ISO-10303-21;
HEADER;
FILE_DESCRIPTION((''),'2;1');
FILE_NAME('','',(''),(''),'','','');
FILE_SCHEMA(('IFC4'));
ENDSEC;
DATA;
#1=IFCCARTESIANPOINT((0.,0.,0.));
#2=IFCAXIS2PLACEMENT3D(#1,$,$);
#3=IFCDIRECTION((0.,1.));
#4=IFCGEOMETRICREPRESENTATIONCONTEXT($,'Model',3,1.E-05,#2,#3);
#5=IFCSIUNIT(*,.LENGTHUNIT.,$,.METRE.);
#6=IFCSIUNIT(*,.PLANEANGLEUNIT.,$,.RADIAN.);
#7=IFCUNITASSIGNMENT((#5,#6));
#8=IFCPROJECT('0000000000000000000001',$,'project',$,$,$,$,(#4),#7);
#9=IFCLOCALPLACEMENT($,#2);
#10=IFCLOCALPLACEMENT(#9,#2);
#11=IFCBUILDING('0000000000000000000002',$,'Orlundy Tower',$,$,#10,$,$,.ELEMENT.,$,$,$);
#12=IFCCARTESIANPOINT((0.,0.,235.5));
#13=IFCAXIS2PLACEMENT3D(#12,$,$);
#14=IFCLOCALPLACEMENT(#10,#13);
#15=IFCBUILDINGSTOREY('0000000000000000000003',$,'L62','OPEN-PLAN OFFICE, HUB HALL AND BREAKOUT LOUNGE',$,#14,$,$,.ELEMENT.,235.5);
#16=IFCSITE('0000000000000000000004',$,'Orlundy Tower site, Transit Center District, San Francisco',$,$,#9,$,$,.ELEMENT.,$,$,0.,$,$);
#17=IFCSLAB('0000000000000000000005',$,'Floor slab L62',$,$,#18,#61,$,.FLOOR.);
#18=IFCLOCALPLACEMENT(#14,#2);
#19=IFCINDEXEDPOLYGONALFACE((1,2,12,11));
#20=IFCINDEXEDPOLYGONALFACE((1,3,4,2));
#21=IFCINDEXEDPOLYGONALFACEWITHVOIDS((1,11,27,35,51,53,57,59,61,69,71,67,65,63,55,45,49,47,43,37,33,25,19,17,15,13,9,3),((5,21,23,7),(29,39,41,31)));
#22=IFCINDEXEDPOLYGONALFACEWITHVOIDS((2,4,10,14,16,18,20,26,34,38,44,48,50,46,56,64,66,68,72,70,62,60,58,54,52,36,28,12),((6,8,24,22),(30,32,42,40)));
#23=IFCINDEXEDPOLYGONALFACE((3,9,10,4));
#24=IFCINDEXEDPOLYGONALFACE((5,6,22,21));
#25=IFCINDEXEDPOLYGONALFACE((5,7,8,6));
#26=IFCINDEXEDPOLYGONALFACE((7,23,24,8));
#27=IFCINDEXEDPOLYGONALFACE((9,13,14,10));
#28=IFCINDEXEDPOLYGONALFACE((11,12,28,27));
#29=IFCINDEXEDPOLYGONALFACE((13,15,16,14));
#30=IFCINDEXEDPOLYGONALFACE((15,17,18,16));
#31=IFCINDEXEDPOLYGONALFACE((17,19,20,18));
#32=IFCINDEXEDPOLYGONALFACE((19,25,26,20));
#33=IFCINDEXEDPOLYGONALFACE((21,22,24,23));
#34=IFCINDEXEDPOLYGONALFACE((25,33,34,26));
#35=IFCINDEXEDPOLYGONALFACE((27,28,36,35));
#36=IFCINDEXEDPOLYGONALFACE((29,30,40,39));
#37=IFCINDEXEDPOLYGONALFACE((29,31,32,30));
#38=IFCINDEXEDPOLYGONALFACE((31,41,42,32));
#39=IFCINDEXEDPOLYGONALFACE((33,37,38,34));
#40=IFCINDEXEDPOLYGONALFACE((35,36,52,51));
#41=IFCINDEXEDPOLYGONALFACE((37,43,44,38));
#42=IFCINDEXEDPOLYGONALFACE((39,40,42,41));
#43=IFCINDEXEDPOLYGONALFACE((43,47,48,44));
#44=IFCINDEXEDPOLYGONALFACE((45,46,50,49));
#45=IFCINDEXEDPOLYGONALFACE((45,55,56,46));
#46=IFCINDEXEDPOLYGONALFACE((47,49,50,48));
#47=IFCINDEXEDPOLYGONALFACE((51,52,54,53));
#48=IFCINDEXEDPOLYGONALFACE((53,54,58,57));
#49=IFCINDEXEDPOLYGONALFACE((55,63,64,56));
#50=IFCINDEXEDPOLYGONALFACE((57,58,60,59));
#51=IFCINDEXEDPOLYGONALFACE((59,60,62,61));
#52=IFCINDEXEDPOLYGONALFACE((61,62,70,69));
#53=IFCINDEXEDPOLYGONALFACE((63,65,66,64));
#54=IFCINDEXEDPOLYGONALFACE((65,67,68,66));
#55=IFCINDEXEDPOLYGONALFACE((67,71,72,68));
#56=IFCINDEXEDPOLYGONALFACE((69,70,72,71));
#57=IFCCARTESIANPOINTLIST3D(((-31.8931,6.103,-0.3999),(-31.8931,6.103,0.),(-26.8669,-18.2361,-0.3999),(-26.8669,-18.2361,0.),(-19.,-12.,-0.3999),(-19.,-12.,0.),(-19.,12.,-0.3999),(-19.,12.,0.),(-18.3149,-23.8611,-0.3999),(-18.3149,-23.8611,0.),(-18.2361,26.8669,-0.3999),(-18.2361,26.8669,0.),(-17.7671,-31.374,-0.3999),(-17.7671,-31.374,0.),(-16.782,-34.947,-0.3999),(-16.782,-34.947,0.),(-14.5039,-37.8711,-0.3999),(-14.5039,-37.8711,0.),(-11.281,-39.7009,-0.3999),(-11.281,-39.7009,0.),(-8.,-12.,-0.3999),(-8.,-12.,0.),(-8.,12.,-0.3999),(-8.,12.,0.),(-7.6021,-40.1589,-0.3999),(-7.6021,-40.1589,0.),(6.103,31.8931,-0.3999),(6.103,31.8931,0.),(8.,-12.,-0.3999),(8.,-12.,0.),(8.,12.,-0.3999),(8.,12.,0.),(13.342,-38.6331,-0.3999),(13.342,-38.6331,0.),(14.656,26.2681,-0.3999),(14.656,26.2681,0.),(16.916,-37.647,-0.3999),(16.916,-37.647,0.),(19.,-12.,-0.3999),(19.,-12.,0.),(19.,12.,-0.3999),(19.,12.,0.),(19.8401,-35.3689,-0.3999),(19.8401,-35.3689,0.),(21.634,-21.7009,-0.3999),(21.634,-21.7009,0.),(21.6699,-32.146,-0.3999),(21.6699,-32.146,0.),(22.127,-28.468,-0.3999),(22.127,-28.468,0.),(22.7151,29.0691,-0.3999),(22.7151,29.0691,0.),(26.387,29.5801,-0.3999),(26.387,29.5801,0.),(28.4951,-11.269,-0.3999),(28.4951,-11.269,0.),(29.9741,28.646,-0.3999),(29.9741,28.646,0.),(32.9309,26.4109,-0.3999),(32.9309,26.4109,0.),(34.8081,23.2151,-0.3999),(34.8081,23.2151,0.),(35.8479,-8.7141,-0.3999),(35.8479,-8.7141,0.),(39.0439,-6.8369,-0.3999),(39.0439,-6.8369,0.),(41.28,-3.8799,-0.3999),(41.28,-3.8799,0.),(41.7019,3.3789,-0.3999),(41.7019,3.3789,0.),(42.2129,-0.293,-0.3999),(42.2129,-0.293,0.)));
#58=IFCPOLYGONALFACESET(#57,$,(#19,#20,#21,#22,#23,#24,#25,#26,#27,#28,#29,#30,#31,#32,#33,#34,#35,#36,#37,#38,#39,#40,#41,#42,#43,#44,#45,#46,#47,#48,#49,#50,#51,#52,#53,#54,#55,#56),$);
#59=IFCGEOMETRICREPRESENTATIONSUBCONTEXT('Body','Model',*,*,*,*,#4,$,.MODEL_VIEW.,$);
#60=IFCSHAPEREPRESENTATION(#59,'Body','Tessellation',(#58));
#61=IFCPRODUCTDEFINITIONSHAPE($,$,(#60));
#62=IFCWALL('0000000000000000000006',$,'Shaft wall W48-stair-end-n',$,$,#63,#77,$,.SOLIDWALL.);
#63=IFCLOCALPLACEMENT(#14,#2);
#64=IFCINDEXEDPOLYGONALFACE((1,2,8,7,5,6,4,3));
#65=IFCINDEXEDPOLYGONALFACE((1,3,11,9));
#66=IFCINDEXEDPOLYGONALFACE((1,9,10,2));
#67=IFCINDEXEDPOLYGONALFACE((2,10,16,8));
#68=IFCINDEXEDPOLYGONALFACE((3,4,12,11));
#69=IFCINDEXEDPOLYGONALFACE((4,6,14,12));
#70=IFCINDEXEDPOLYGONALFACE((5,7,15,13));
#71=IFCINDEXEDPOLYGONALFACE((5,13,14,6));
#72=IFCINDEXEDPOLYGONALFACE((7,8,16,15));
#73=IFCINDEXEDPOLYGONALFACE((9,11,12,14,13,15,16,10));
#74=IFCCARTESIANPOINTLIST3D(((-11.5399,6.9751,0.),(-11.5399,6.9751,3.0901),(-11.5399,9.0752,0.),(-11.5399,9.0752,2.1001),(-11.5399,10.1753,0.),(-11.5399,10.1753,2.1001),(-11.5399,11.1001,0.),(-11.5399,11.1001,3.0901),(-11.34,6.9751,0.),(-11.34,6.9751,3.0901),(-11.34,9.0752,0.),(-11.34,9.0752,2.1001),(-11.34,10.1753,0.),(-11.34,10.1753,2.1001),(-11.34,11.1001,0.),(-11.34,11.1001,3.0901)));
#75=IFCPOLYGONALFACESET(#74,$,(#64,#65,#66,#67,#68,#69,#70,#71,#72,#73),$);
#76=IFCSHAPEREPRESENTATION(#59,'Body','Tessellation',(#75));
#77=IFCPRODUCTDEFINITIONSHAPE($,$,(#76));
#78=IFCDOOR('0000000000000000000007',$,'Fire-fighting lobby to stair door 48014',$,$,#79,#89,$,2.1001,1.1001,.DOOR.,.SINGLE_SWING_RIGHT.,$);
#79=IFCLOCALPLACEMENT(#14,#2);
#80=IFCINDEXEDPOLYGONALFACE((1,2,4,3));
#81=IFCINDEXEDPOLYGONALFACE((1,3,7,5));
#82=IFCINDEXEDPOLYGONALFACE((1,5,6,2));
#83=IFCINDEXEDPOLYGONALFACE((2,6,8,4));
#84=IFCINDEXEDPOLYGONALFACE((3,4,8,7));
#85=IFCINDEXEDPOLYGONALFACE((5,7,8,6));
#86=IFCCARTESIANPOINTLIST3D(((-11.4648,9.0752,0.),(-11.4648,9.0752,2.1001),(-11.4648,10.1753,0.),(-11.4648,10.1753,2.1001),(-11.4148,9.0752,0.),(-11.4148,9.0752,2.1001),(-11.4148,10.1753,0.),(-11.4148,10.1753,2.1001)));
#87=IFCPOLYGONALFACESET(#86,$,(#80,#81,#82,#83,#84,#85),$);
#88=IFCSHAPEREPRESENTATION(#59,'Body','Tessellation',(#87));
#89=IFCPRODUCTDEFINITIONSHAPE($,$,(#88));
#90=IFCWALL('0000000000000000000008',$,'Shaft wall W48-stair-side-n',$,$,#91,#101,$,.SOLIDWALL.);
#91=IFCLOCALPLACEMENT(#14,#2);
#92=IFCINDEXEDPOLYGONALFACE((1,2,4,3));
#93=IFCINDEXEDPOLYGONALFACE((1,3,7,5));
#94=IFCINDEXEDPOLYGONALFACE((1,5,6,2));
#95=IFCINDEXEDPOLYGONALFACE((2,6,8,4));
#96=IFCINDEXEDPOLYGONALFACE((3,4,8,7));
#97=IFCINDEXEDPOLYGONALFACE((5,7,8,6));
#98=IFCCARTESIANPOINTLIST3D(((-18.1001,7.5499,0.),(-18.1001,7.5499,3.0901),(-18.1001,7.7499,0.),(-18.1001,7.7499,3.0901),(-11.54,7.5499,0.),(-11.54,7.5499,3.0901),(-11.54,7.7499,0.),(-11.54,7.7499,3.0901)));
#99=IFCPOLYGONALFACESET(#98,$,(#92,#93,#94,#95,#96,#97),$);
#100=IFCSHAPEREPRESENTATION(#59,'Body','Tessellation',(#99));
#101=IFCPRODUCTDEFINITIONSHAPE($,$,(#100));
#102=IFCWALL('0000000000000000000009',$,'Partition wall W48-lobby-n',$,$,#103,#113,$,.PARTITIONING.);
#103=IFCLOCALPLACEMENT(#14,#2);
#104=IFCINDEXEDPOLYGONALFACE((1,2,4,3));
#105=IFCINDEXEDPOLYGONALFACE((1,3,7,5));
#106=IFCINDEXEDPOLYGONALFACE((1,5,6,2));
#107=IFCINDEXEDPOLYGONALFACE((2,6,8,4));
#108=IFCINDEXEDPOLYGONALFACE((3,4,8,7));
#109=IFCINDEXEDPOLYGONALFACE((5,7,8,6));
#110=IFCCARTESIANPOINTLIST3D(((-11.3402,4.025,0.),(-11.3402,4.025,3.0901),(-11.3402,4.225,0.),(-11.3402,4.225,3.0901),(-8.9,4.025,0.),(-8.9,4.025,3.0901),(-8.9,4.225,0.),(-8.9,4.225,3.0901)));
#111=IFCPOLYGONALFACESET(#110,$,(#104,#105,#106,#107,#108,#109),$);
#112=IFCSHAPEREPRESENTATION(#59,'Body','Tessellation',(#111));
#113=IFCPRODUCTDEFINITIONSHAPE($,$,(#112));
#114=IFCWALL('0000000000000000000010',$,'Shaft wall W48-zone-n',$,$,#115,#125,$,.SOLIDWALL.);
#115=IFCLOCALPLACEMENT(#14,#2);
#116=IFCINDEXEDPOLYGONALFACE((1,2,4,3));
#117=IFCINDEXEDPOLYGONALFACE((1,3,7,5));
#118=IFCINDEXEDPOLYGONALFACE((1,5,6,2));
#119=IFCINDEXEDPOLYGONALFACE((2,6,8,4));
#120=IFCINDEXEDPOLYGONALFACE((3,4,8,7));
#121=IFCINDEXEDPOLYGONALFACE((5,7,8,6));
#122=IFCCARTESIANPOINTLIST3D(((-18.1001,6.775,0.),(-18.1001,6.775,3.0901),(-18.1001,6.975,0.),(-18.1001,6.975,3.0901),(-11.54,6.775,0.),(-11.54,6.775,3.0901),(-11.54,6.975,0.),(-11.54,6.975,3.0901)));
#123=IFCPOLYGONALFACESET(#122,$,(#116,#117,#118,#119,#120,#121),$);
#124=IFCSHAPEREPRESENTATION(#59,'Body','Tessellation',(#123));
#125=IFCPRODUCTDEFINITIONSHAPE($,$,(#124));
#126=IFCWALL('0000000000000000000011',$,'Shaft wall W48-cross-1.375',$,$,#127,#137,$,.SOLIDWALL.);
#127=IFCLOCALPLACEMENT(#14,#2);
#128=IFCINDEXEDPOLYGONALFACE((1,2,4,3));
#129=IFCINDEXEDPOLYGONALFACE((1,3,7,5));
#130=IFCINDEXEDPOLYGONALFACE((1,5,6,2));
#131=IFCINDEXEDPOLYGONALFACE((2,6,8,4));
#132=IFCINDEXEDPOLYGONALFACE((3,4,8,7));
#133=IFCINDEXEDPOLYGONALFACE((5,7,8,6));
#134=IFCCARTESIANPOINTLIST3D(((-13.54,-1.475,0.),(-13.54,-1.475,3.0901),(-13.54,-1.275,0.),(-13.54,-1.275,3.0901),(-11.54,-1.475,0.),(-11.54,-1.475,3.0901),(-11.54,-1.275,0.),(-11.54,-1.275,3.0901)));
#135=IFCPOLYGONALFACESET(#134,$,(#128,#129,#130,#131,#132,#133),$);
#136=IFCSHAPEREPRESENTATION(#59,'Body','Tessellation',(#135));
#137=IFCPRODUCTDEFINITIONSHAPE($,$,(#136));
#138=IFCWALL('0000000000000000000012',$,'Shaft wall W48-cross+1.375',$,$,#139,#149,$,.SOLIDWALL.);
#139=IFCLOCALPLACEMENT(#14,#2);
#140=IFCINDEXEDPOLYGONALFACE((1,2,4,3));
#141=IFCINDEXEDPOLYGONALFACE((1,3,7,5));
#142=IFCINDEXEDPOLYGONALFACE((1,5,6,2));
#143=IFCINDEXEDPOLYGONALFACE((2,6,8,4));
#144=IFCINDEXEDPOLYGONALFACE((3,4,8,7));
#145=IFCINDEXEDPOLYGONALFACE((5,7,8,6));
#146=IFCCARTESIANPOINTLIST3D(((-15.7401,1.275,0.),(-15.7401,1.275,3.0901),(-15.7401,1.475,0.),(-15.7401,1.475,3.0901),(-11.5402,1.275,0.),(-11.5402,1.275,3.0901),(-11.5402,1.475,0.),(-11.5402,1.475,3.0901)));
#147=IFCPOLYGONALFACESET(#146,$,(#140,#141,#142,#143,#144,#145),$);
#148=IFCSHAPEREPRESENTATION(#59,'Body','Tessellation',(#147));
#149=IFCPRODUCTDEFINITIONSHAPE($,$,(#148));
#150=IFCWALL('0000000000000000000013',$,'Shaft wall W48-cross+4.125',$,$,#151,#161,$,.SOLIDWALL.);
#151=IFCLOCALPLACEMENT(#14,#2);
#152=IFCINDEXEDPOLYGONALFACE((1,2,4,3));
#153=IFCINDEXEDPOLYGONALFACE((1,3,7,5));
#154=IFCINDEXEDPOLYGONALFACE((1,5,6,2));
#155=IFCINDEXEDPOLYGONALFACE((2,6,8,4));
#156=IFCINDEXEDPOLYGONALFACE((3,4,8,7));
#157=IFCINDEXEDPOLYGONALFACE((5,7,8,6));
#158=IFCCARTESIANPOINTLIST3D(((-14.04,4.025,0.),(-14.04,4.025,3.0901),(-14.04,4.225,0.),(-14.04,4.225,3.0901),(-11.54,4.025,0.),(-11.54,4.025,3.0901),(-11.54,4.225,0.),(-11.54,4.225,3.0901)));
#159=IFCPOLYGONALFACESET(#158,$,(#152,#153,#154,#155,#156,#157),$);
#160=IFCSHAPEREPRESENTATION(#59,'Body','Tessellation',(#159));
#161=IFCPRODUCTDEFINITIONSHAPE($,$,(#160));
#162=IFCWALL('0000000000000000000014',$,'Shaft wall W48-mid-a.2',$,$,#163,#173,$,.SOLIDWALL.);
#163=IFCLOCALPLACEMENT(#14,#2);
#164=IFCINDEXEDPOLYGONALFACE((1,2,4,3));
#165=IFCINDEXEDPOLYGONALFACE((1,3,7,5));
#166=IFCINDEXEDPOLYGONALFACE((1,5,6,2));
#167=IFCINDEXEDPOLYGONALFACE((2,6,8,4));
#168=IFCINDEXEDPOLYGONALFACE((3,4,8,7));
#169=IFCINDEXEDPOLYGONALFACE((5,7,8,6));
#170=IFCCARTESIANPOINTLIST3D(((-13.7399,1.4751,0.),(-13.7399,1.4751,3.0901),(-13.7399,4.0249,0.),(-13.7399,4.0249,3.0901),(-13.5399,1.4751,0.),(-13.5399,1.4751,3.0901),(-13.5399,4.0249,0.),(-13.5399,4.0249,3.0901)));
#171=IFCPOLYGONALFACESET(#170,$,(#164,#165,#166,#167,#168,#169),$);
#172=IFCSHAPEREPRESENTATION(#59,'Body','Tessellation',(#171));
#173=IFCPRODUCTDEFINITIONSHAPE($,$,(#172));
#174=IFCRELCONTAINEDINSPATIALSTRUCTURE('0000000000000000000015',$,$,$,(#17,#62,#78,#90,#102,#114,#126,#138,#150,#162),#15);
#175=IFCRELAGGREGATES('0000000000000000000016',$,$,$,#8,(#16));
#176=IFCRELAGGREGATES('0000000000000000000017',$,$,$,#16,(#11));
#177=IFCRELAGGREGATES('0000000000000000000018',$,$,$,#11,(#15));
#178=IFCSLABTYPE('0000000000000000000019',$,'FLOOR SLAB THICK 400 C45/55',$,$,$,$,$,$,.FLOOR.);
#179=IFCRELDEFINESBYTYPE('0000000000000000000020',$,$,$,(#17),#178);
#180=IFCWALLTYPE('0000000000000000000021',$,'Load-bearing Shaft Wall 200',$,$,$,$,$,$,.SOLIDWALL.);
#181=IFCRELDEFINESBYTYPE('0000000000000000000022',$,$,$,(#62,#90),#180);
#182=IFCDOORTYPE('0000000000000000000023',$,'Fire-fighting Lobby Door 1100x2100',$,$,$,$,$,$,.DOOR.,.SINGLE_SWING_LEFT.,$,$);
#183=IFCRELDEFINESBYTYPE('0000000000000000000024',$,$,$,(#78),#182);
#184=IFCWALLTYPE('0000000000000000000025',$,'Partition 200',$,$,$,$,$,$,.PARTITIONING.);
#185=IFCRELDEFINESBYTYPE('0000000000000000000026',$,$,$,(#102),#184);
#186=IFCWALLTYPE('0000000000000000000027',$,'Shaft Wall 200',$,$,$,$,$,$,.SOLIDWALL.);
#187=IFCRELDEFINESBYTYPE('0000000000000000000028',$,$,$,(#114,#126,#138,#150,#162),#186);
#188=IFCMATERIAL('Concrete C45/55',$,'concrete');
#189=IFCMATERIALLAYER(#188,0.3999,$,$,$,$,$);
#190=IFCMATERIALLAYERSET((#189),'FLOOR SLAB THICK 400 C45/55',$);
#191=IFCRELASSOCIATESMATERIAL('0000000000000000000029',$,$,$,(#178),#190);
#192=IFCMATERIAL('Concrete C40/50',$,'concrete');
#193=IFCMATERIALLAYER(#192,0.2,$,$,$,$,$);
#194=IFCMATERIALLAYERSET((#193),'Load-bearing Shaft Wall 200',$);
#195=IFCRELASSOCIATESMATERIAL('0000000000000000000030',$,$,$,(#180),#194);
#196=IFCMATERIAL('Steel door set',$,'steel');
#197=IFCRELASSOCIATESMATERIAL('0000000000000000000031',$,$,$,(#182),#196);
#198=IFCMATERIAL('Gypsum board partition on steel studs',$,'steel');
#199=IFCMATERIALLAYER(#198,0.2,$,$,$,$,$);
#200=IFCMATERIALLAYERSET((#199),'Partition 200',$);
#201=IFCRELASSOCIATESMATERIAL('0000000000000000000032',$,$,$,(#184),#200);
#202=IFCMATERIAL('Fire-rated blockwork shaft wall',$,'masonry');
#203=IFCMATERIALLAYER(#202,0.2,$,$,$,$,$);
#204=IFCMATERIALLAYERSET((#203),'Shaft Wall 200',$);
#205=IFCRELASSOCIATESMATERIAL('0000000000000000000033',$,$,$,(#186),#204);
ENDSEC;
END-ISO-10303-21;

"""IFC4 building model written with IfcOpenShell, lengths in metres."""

from ifc_helpers import new_model, si_unit, direction, frame, frame_2d, origin, place, context, subcontext, project, spatial, polyline, rectangle, outline, extrude, material, layer, layer_set, type_object, element, fill, save


model = new_model("IFC4")

# Units and contexts
model_context = context("Model", 3, precision=1e-05, world=origin(), true_north=direction((0.0, 1.0)))
body_context = subcontext(model_context, "Body", "Model", "MODEL_VIEW")
ifc_project = project(units=[si_unit("LENGTHUNIT", "METRE"), si_unit("PLANEANGLEUNIT", "RADIAN")], contexts=[model_context])

# Site, building, storey
site_placement = place(None, origin())
site = spatial("IfcSite", under=ifc_project, at=site_placement, Name="Orlundy Tower site, Transit Center District, San Francisco", CompositionType="ELEMENT", RefElevation=0.0)
building_placement = place(site_placement, origin())
building = spatial("IfcBuilding", under=site, at=building_placement, Name="Orlundy Tower", CompositionType="ELEMENT")
storey_placement = place(building_placement, frame((0.0, 0.0, 235.5)))
storey = spatial("IfcBuildingStorey", under=building, at=storey_placement, Name="L62", Description="OPEN-PLAN OFFICE, HUB HALL AND BREAKOUT LOUNGE", CompositionType="ELEMENT", Elevation=235.5)

# Slab
ifc_material_1 = material(Name="Concrete C45/55", Category="concrete")
ifc_layer_1 = layer(ifc_material_1, 0.3999)
ifc_layer_set_1 = layer_set([ifc_layer_1], Name="FLOOR SLAB THICK 400 C45/55")
slab_type_1 = type_object("IfcSlabType", Name="FLOOR SLAB THICK 400 C45/55", PredefinedType="FLOOR", material=ifc_layer_set_1)
slab_1_placement = place(storey_placement, frame((0.0, 0.0, -0.3999)))
element("IfcSlab", 1, at=slab_1_placement, inside=storey, type_object=slab_type_1, Name="Floor slab L62", PredefinedType="FLOOR", context=body_context, shape_type="SweptSolid", body=[
    extrude(outline(polyline([(28.4951, -11.269), (21.634, -21.7009), (22.127, -28.468), (21.6699, -32.146), (19.8401, -35.3689), (16.916, -37.647), (13.342, -38.6331), (-7.6021, -40.1589), (-11.281, -39.7009), (-14.5039, -37.8711), (-16.782, -34.947), (-17.7671, -31.374), (-18.3149, -23.8611), (-26.8669, -18.2361), (-31.8931, 6.103), (-18.2361, 26.8669), (6.103, 31.8931), (14.656, 26.2681), (22.7151, 29.0691), (26.387, 29.5801), (29.9741, 28.646), (32.9309, 26.4109), (34.8081, 23.2151), (41.7019, 3.3789), (42.2129, -0.293), (41.28, -3.8799), (39.0439, -6.8369), (35.8479, -8.7141), (28.4951, -11.269)]), holes=[polyline([(-8.0, -12.0), (-8.0, 12.0), (-19.0, 12.0), (-19.0, -12.0), (-8.0, -12.0)]), polyline([(19.0, -12.0), (19.0, 12.0), (8.0, 12.0), (8.0, -12.0), (19.0, -12.0)])]), origin(), (0.0, 0.0, 1.0), 0.3999),
])

# Wall, opening, door
ifc_material_2 = material(Name="Concrete C40/50", Category="concrete")
ifc_layer_2 = layer(ifc_material_2, 0.2)
ifc_layer_set_2 = layer_set([ifc_layer_2], Name="Load-bearing Shaft Wall 200")
wall_type_1 = type_object("IfcWallType", Name="Load-bearing Shaft Wall 200", PredefinedType="SOLIDWALL", material=ifc_layer_set_2)
wall_1_placement = place(storey_placement, frame((-11.4399, 6.9751, 0.0), z_axis=(0.0, 0.0, 1.0), x_axis=(0.0, 1.0, 0.0)))
wall_1 = element("IfcWall", 2, at=wall_1_placement, inside=storey, type_object=wall_type_1, Name="Shaft wall W48-stair-end-n", PredefinedType="SOLIDWALL", context=body_context, shape_type="SweptSolid", body=[
    extrude(rectangle(XDim=4.125, YDim=0.2, at=frame_2d((2.0625, 0.0))), origin(), (0.0, 0.0, 1.0), 3.0901),
])
opening_placement = place(wall_1_placement, frame((2.1001, 0.0, 0.0)))
opening = element("IfcOpeningElement", 3, at=opening_placement, cuts=wall_1, PredefinedType="OPENING", context=body_context, shape_type="SweptSolid", body=[
    extrude(rectangle(XDim=1.1001, YDim=2.1001, at=frame_2d((0.55, 1.05))), frame((0.0, 0.1101, 0.0), z_axis=(0.0, -1.0, 0.0), x_axis=(1.0, 0.0, 0.0)), (0.0, 0.0, 1.0), 0.2202),
])
ifc_material_3 = material(Name="Steel door set", Category="steel")
door_type = type_object("IfcDoorType", Name="Fire-fighting Lobby Door 1100x2100", OperationType="SINGLE_SWING_LEFT", PredefinedType="DOOR", material=ifc_material_3)
door_placement = place(opening_placement, origin())
door = element("IfcDoor", 4, at=door_placement, inside=storey, type_object=door_type, Name="Fire-fighting lobby to stair door 48014", OperationType="SINGLE_SWING_RIGHT", OverallHeight=2.1001, OverallWidth=1.1001, PredefinedType="DOOR", context=body_context, shape_type="SweptSolid", body=[
    extrude(rectangle(XDim=1.1001, YDim=2.1001, at=frame_2d((0.55, 1.05))), frame((0.0, 0.0249, 0.0), z_axis=(0.0, -1.0, 0.0), x_axis=(1.0, 0.0, 0.0)), (0.0, 0.0, 1.0), 0.05),
])
fill(opening, door)

# Walls
wall_2_placement = place(storey_placement, frame((-11.54, 7.6499, 0.0), z_axis=(0.0, 0.0, 1.0), x_axis=(-1.0, 0.0, 0.0)))
element("IfcWall", 5, at=wall_2_placement, inside=storey, type_object=wall_type_1, Name="Shaft wall W48-stair-side-n", PredefinedType="SOLIDWALL", context=body_context, shape_type="SweptSolid", body=[
    extrude(rectangle(XDim=6.5601, YDim=0.2, at=frame_2d((3.28, 0.0))), origin(), (0.0, 0.0, 1.0), 3.0901),
])
ifc_material_4 = material(Name="Gypsum board partition on steel studs", Category="steel")
ifc_layer_3 = layer(ifc_material_4, 0.2)
ifc_layer_set_3 = layer_set([ifc_layer_3], Name="Partition 200")
wall_type_2 = type_object("IfcWallType", Name="Partition 200", PredefinedType="PARTITIONING", material=ifc_layer_set_3)
wall_3_placement = place(storey_placement, frame((-8.8999, 4.125, 0.0), z_axis=(0.0, 0.0, 1.0), x_axis=(-1.0, 0.0, 0.0)))
element("IfcWall", 6, at=wall_3_placement, inside=storey, type_object=wall_type_2, Name="Partition wall W48-lobby-n", PredefinedType="PARTITIONING", context=body_context, shape_type="SweptSolid", body=[
    extrude(rectangle(XDim=2.4402, YDim=0.2, at=frame_2d((1.2202, 0.0))), origin(), (0.0, 0.0, 1.0), 3.0901),
])
ifc_material_5 = material(Name="Fire-rated blockwork shaft wall", Category="masonry")
ifc_layer_4 = layer(ifc_material_5, 0.2)
ifc_layer_set_4 = layer_set([ifc_layer_4], Name="Shaft Wall 200")
wall_type_3 = type_object("IfcWallType", Name="Shaft Wall 200", PredefinedType="SOLIDWALL", material=ifc_layer_set_4)
wall_4_placement = place(storey_placement, frame((-11.54, 6.875, 0.0), z_axis=(0.0, 0.0, 1.0), x_axis=(-1.0, 0.0, 0.0)))
element("IfcWall", 7, at=wall_4_placement, inside=storey, type_object=wall_type_3, Name="Shaft wall W48-zone-n", PredefinedType="SOLIDWALL", context=body_context, shape_type="SweptSolid", body=[
    extrude(rectangle(XDim=6.5601, YDim=0.2, at=frame_2d((3.28, 0.0))), origin(), (0.0, 0.0, 1.0), 3.0901),
])
wall_5_placement = place(storey_placement, frame((-11.54, -1.375, 0.0), z_axis=(0.0, 0.0, 1.0), x_axis=(-1.0, 0.0, 0.0)))
element("IfcWall", 8, at=wall_5_placement, inside=storey, type_object=wall_type_3, Name="Shaft wall W48-cross-1.375", PredefinedType="SOLIDWALL", context=body_context, shape_type="SweptSolid", body=[
    extrude(rectangle(XDim=2.0, YDim=0.2, at=frame_2d((1.0, 0.0))), origin(), (0.0, 0.0, 1.0), 3.0901),
])
wall_6_placement = place(storey_placement, frame((-11.54, 1.375, 0.0), z_axis=(0.0, 0.0, 1.0), x_axis=(-1.0, 0.0, 0.0)))
element("IfcWall", 9, at=wall_6_placement, inside=storey, type_object=wall_type_3, Name="Shaft wall W48-cross+1.375", PredefinedType="SOLIDWALL", context=body_context, shape_type="SweptSolid", body=[
    extrude(rectangle(XDim=4.2, YDim=0.2, at=frame_2d((2.1001, 0.0))), origin(), (0.0, 0.0, 1.0), 3.0901),
])
wall_7_placement = place(storey_placement, frame((-11.54, 4.125, 0.0), z_axis=(0.0, 0.0, 1.0), x_axis=(-1.0, 0.0, 0.0)))
element("IfcWall", 10, at=wall_7_placement, inside=storey, type_object=wall_type_3, Name="Shaft wall W48-cross+4.125", PredefinedType="SOLIDWALL", context=body_context, shape_type="SweptSolid", body=[
    extrude(rectangle(XDim=2.5, YDim=0.2, at=frame_2d((1.25, 0.0))), origin(), (0.0, 0.0, 1.0), 3.0901),
])
wall_8_placement = place(storey_placement, frame((-13.6399, 1.4751, 0.0), z_axis=(0.0, 0.0, 1.0), x_axis=(0.0, 1.0, 0.0)))
element("IfcWall", 11, at=wall_8_placement, inside=storey, type_object=wall_type_3, Name="Shaft wall W48-mid-a.2", PredefinedType="SOLIDWALL", context=body_context, shape_type="SweptSolid", body=[
    extrude(rectangle(XDim=2.5498, YDim=0.2, at=frame_2d((1.2749, 0.0))), origin(), (0.0, 0.0, 1.0), 3.0901),
])

save(model, "model.ifc")
